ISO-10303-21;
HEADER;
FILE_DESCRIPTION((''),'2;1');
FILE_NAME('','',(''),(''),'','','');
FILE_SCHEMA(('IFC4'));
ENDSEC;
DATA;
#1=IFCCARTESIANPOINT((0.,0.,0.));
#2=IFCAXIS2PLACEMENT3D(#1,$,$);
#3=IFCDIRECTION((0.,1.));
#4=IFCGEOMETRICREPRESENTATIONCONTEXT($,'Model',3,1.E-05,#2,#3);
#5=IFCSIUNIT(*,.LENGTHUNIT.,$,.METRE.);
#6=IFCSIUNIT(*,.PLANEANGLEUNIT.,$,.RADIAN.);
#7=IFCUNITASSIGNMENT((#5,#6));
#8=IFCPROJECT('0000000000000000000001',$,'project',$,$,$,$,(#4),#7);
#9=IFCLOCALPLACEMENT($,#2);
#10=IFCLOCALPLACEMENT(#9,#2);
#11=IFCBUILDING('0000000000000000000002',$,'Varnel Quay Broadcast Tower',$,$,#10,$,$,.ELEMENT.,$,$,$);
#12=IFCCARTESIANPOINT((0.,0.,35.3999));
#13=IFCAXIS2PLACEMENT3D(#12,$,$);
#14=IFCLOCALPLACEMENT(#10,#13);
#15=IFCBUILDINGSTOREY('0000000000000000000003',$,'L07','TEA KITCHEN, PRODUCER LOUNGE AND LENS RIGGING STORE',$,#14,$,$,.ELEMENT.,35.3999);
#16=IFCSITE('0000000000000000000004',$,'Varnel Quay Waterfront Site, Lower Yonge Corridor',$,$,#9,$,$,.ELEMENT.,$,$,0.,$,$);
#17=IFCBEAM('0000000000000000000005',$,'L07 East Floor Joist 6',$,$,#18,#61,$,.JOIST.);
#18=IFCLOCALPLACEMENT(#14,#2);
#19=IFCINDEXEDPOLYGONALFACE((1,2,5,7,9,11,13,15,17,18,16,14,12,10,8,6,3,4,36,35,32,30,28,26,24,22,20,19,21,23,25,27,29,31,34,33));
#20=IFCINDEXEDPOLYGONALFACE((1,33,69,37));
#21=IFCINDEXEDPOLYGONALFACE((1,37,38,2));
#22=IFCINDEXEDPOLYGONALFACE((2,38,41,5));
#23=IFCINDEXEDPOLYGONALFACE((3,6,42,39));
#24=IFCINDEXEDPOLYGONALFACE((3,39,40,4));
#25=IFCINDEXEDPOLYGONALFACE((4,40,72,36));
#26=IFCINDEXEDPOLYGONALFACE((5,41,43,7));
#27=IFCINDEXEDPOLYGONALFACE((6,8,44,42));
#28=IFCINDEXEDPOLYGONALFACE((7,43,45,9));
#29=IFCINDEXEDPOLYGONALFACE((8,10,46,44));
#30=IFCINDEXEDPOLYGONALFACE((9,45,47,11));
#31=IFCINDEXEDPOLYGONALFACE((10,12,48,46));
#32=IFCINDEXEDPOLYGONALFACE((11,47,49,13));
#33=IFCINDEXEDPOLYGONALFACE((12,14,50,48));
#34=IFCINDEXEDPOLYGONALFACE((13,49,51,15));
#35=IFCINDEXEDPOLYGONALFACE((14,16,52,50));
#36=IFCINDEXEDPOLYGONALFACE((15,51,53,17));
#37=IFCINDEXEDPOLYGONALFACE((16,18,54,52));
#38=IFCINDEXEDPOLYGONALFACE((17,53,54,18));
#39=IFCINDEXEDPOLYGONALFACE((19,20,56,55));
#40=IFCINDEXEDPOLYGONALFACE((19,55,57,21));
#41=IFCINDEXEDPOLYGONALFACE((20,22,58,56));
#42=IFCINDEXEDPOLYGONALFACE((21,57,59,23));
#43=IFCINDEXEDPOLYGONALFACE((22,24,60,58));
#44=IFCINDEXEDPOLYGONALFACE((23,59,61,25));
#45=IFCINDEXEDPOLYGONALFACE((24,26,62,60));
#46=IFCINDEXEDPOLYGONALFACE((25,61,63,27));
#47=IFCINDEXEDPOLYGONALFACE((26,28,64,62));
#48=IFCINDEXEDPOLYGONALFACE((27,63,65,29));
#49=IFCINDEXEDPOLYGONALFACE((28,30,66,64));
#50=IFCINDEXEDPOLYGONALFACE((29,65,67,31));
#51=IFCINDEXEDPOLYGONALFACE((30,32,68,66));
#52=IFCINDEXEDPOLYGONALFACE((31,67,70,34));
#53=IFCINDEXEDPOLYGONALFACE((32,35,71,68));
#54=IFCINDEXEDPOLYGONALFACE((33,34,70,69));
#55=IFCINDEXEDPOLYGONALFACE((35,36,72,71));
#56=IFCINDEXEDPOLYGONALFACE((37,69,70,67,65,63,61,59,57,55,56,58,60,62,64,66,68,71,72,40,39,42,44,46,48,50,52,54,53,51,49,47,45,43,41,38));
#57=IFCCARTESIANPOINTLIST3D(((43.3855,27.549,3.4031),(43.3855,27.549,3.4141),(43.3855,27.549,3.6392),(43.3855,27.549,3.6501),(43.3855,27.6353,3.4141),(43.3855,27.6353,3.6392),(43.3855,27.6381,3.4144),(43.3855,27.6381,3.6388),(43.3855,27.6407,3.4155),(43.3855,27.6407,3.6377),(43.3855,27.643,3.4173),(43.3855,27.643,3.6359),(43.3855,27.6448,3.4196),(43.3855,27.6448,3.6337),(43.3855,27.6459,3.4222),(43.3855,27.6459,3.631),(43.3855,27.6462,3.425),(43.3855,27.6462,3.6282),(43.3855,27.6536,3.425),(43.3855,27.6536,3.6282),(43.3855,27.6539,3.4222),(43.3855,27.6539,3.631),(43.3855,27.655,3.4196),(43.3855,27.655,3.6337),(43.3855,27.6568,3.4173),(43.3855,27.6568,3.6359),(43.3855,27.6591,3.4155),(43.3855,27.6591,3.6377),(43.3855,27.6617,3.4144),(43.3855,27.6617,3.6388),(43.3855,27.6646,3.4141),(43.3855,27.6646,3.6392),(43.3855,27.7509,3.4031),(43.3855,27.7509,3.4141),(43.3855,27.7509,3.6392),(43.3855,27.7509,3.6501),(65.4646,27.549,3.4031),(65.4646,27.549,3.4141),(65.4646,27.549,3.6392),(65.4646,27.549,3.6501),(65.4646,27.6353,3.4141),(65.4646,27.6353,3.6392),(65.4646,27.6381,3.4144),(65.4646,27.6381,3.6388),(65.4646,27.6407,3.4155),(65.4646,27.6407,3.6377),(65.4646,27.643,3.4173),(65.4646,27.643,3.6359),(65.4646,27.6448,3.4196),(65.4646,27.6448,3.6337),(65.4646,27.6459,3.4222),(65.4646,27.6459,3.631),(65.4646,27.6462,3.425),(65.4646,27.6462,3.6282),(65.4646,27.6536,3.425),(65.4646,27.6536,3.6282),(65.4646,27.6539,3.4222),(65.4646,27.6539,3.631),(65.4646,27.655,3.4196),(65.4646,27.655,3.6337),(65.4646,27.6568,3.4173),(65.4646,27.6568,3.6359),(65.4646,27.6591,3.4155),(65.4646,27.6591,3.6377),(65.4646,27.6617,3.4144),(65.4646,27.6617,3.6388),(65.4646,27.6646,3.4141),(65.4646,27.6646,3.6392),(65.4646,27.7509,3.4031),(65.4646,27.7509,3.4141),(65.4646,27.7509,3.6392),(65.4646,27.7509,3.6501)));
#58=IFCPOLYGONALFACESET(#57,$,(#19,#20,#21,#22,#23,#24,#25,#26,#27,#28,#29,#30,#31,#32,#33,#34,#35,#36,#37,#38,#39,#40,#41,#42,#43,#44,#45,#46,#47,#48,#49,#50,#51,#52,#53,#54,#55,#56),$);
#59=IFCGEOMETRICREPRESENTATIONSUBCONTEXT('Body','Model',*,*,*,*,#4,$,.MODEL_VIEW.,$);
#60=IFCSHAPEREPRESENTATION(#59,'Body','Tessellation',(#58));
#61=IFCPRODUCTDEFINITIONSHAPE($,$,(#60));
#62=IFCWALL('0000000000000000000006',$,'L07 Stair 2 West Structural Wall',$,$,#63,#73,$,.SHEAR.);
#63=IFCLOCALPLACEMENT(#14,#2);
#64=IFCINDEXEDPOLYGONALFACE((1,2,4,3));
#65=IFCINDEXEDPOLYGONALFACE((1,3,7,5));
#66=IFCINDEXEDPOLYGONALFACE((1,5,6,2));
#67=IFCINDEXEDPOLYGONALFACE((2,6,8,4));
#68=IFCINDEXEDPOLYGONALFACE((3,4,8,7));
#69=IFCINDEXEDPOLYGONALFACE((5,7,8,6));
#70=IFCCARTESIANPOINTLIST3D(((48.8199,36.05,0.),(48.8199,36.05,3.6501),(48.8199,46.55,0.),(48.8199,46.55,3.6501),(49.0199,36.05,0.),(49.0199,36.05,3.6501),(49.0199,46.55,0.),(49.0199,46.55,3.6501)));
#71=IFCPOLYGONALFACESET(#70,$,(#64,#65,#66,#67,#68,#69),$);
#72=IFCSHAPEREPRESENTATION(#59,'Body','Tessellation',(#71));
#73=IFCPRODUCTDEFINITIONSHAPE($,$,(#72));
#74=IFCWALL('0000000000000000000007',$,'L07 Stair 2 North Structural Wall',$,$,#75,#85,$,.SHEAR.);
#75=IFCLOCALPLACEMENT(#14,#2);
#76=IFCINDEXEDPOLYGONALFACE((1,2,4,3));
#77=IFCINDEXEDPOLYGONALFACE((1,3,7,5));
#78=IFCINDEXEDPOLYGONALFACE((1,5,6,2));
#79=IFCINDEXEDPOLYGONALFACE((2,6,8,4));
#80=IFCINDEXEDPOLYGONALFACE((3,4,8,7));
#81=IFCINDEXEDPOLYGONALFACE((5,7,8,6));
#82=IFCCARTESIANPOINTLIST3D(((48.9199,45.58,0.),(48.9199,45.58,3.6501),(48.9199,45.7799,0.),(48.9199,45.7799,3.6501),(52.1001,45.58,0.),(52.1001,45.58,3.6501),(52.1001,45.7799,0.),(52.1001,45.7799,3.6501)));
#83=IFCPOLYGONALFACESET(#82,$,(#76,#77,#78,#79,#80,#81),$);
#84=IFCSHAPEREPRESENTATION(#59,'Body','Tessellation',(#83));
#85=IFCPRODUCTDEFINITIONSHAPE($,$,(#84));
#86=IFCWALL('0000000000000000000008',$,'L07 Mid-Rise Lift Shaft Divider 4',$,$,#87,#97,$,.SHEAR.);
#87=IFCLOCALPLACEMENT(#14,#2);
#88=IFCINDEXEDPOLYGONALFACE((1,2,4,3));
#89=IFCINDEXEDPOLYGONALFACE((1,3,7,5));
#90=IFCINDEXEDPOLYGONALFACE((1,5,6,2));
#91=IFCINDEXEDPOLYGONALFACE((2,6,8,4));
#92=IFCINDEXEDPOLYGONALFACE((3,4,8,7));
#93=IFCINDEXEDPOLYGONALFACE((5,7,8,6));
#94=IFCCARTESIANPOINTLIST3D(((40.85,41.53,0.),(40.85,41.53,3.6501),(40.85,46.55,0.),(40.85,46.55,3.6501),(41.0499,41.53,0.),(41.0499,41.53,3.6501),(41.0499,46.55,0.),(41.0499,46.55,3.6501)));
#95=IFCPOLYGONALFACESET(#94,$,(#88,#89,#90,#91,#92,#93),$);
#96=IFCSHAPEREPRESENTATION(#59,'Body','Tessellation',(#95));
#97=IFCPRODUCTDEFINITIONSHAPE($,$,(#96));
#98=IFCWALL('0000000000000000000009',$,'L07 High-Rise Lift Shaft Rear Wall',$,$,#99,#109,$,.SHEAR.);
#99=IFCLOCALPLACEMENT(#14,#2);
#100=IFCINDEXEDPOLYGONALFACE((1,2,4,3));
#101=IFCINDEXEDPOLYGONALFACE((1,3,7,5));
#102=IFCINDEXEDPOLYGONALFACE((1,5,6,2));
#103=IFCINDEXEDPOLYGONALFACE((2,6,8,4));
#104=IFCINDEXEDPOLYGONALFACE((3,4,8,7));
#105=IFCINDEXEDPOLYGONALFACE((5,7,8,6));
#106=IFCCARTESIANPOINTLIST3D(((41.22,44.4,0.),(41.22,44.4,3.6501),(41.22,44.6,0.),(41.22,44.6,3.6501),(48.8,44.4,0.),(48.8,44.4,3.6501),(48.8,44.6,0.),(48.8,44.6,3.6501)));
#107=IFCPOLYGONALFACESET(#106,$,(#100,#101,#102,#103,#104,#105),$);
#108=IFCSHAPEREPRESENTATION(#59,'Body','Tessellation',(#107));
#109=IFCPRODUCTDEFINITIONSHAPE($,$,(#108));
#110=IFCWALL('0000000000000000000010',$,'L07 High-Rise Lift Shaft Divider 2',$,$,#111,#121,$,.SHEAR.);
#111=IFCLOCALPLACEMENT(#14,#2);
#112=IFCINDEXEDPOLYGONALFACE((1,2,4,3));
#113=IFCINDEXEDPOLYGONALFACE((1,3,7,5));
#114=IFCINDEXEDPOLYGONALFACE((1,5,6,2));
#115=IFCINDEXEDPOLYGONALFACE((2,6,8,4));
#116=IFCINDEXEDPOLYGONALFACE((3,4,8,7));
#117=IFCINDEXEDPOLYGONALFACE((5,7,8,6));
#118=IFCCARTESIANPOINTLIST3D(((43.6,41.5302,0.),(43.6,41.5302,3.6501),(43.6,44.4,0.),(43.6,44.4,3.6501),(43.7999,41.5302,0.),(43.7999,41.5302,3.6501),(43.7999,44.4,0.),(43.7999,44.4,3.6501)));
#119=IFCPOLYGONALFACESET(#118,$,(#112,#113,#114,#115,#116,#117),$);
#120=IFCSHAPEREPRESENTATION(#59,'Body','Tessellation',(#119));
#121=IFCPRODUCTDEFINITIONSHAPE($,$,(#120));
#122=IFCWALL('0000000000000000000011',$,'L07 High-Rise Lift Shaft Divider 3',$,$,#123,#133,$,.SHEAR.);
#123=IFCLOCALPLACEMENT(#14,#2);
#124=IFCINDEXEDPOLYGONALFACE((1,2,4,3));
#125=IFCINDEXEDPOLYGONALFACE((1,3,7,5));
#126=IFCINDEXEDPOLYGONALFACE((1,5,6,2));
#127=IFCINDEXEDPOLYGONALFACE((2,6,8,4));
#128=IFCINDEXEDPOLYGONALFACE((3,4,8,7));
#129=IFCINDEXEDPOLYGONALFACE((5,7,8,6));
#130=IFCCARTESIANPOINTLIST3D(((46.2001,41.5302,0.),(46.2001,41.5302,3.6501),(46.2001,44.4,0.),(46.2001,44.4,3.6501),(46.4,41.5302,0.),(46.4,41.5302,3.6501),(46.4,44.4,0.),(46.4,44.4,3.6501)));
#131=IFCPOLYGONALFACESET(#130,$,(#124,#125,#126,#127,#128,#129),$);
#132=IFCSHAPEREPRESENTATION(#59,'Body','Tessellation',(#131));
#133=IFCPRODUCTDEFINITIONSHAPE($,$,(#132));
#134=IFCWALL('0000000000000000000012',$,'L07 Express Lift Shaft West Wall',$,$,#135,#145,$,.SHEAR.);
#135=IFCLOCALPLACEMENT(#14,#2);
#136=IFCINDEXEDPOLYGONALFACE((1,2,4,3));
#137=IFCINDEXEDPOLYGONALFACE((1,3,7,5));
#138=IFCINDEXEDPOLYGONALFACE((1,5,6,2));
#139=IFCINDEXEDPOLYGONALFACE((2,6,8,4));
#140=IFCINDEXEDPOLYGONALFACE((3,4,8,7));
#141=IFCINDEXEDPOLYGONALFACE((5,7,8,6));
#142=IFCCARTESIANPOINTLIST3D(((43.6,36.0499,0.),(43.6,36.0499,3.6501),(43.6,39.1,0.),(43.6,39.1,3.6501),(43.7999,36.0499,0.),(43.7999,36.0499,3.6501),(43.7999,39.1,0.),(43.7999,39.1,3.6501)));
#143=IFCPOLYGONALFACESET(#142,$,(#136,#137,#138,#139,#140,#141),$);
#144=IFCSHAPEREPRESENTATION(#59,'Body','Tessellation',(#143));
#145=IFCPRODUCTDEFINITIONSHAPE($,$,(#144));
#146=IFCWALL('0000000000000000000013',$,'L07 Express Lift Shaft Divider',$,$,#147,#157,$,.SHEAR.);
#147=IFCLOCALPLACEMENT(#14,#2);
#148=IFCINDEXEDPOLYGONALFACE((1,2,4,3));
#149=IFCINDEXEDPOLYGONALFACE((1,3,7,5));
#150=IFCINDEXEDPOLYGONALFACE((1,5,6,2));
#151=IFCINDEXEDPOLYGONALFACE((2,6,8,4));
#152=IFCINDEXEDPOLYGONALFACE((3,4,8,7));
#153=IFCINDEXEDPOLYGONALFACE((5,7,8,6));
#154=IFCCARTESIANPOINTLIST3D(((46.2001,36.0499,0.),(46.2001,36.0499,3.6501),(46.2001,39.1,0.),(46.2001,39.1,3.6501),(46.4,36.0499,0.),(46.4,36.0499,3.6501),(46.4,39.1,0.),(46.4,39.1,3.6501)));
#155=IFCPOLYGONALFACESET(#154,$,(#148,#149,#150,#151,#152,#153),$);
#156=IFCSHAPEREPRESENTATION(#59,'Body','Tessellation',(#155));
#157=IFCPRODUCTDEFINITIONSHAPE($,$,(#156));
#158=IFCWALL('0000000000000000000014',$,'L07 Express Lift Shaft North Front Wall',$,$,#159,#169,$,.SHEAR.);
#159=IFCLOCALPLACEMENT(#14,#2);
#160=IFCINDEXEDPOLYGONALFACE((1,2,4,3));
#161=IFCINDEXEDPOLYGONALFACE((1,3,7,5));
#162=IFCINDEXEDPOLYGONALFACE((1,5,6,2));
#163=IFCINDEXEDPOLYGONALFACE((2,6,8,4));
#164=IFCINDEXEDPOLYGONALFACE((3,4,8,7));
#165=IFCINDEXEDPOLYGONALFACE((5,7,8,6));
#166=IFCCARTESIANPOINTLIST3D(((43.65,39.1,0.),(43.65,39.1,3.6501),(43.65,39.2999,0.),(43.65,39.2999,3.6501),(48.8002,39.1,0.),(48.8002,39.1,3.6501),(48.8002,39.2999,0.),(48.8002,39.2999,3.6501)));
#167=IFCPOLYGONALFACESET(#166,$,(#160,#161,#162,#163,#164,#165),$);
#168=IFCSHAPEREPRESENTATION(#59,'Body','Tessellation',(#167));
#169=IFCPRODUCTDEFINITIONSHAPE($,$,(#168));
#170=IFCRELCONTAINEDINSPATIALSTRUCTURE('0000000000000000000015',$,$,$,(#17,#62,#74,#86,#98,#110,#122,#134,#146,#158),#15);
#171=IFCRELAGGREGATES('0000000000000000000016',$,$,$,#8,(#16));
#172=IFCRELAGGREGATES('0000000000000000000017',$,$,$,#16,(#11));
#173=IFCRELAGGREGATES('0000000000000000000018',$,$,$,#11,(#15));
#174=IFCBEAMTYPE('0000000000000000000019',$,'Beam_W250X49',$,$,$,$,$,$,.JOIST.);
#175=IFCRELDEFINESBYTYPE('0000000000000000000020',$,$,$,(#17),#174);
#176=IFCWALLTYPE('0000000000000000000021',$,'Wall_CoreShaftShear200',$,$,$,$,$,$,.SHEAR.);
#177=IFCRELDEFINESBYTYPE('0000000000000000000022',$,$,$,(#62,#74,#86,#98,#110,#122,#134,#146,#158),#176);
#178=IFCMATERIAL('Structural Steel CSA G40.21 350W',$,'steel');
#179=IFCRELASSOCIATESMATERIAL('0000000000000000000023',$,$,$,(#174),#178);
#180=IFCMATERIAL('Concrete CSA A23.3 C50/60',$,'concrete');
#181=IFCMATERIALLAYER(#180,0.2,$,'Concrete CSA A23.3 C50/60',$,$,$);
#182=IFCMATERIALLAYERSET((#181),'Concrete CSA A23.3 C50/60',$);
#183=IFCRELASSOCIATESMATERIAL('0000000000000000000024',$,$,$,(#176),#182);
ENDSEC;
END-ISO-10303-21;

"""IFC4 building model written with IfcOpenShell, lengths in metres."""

from ifc_helpers import new_model, si_unit, direction, frame, frame_2d, origin, origin_2d, place, context, subcontext, project, spatial, rectangle, i_section, extrude, source, transform, mapped, material, layer, layer_set, material_profile, profile_set, type_object, type_shapes, element, save


model = new_model("IFC4")

# Units and contexts
model_context = context("Model", 3, precision=1e-05, world=origin(), true_north=direction((0.0, 1.0)))
body_context = subcontext(model_context, "Body", "Model", "MODEL_VIEW")
ifc_project = project(units=[si_unit("LENGTHUNIT", "METRE"), si_unit("PLANEANGLEUNIT", "RADIAN")], contexts=[model_context])

# Site, building, storey
site_placement = place(None, origin())
site = spatial("IfcSite", under=ifc_project, at=site_placement, Name="Varnel Quay Waterfront Site, Lower Yonge Corridor", CompositionType="ELEMENT", RefElevation=0.0)
building_placement = place(site_placement, origin())
building = spatial("IfcBuilding", under=site, at=building_placement, Name="Varnel Quay Broadcast Tower", CompositionType="ELEMENT")
storey_placement = place(building_placement, frame((0.0, 0.0, 35.3999)))
storey = spatial("IfcBuildingStorey", under=building, at=storey_placement, Name="L07", Description="TEA KITCHEN, PRODUCER LOUNGE AND LENS RIGGING STORE", CompositionType="ELEMENT", Elevation=35.3999)

# Beam
ifc_material_1 = material(Name="Structural Steel CSA G40.21 350W", Category="steel")
ifc_material_profile_1 = material_profile(ifc_material_1, i_section(OverallWidth=0.2019, OverallDepth=0.2471, WebThickness=0.0073, FlangeThickness=0.011, FilletRadius=0.011, at=origin_2d()), Name="W250X49")
ifc_profile_set_1 = profile_set([ifc_material_profile_1], Name="Structural Steel CSA G40.21 350W")
beam_type_1 = type_object("IfcBeamType", Name="Beam_W250X49", PredefinedType="JOIST", material=ifc_profile_set_1)
shared_shape_1 = source(origin(), body_context, "Body", "SweptSolid", [
    extrude(i_section(OverallWidth=0.2019, OverallDepth=0.2471, WebThickness=0.0073, FlangeThickness=0.011, FilletRadius=0.011, at=origin_2d()), origin(), (0.0, 0.0, 1.0), 22.0791),
])
type_shapes(beam_type_1, [shared_shape_1])
beam_1_placement = place(storey_placement, frame((43.3855, 27.6499, 3.5266), z_axis=(1.0, 0.0, 0.0), x_axis=(0.0, 1.0, 0.0)))
element("IfcBeam", 1, at=beam_1_placement, inside=storey, type_object=beam_type_1, Name="L07 East Floor Joist 6", PredefinedType="JOIST", context=body_context, shape_type="MappedRepresentation", body=[
    mapped(shared_shape_1, transform((0.0, 0.0, 0.0), x_axis=(1.0, 0.0, 0.0), y_axis=(0.0, 1.0, 0.0), z_axis=(0.0, 0.0, 1.0), scale=1.0)),
])

# Walls
ifc_material_2 = material(Name="Concrete CSA A23.3 C50/60", Category="concrete")
ifc_layer_1 = layer(ifc_material_2, 0.2, Name="Concrete CSA A23.3 C50/60")
ifc_layer_set_1 = layer_set([ifc_layer_1], Name="Concrete CSA A23.3 C50/60")
wall_type_1 = type_object("IfcWallType", Name="Wall_CoreShaftShear200", PredefinedType="SHEAR", material=ifc_layer_set_1)
wall_1_placement = place(storey_placement, frame((48.9199, 36.05, 0.0), z_axis=(0.0, 0.0, 1.0), x_axis=(0.0, 1.0, 0.0)))
element("IfcWall", 2, at=wall_1_placement, inside=storey, type_object=wall_type_1, Name="L07 Stair 2 West Structural Wall", PredefinedType="SHEAR", context=body_context, shape_type="SweptSolid", body=[
    extrude(rectangle(XDim=10.5, YDim=0.2, at=frame_2d((5.25, 0.0))), origin(), (0.0, 0.0, 1.0), 3.6501),
])
wall_2_placement = place(storey_placement, frame((48.9199, 45.6799, 0.0), z_axis=(0.0, 0.0, 1.0), x_axis=(1.0, 0.0, 0.0)))
element("IfcWall", 3, at=wall_2_placement, inside=storey, type_object=wall_type_1, Name="L07 Stair 2 North Structural Wall", PredefinedType="SHEAR", context=body_context, shape_type="SweptSolid", body=[
    extrude(rectangle(XDim=3.1802, YDim=0.2, at=frame_2d((1.5901, 0.0))), origin(), (0.0, 0.0, 1.0), 3.6501),
])
wall_3_placement = place(storey_placement, frame((40.95, 41.53, 0.0), z_axis=(0.0, 0.0, 1.0), x_axis=(0.0, 1.0, 0.0)))
element("IfcWall", 4, at=wall_3_placement, inside=storey, type_object=wall_type_1, Name="L07 Mid-Rise Lift Shaft Divider 4", PredefinedType="SHEAR", context=body_context, shape_type="SweptSolid", body=[
    extrude(rectangle(XDim=5.02, YDim=0.2, at=frame_2d((2.51, 0.0))), origin(), (0.0, 0.0, 1.0), 3.6501),
])
wall_4_placement = place(storey_placement, frame((41.22, 44.5, 0.0), z_axis=(0.0, 0.0, 1.0), x_axis=(1.0, 0.0, 0.0)))
element("IfcWall", 5, at=wall_4_placement, inside=storey, type_object=wall_type_1, Name="L07 High-Rise Lift Shaft Rear Wall", PredefinedType="SHEAR", context=body_context, shape_type="SweptSolid", body=[
    extrude(rectangle(XDim=7.5801, YDim=0.2, at=frame_2d((3.79, 0.0))), origin(), (0.0, 0.0, 1.0), 3.6501),
])
for number, where, z_axis, x_axis, name in (
    (6, (43.7, 41.53, 0.0), (0.0, 0.0, 1.0), (0.0, 1.0, 0.0), "L07 High-Rise Lift Shaft Divider 2"),
    (7, (46.3, 41.53, 0.0), (0.0, 0.0, 1.0), (0.0, 1.0, 0.0), "L07 High-Rise Lift Shaft Divider 3"),
):
    element("IfcWall", number, at=place(storey_placement, frame(where, z_axis=z_axis, x_axis=x_axis)), inside=storey, type_object=wall_type_1, Name=name, PredefinedType="SHEAR", context=body_context, shape_type="SweptSolid", body=[
        extrude(rectangle(XDim=2.8699, YDim=0.2, at=frame_2d((1.4351, 0.0))), origin(), (0.0, 0.0, 1.0), 3.6501),
    ])
for number, where, z_axis, x_axis, name in (
    (8, (43.7, 36.05, 0.0), (0.0, 0.0, 1.0), (0.0, 1.0, 0.0), "L07 Express Lift Shaft West Wall"),
    (9, (46.3, 36.05, 0.0), (0.0, 0.0, 1.0), (0.0, 1.0, 0.0), "L07 Express Lift Shaft Divider"),
):
    element("IfcWall", number, at=place(storey_placement, frame(where, z_axis=z_axis, x_axis=x_axis)), inside=storey, type_object=wall_type_1, Name=name, PredefinedType="SHEAR", context=body_context, shape_type="SweptSolid", body=[
        extrude(rectangle(XDim=3.05, YDim=0.2, at=frame_2d((1.5249, 0.0))), origin(), (0.0, 0.0, 1.0), 3.6501),
    ])
wall_5_placement = place(storey_placement, frame((43.6499, 39.2, 0.0), z_axis=(0.0, 0.0, 1.0), x_axis=(1.0, 0.0, 0.0)))
element("IfcWall", 10, at=wall_5_placement, inside=storey, type_object=wall_type_1, Name="L07 Express Lift Shaft North Front Wall", PredefinedType="SHEAR", context=body_context, shape_type="SweptSolid", body=[
    extrude(rectangle(XDim=5.1501, YDim=0.2, at=frame_2d((2.5752, 0.0))), origin(), (0.0, 0.0, 1.0), 3.6501),
])

save(model, "model.ifc")
